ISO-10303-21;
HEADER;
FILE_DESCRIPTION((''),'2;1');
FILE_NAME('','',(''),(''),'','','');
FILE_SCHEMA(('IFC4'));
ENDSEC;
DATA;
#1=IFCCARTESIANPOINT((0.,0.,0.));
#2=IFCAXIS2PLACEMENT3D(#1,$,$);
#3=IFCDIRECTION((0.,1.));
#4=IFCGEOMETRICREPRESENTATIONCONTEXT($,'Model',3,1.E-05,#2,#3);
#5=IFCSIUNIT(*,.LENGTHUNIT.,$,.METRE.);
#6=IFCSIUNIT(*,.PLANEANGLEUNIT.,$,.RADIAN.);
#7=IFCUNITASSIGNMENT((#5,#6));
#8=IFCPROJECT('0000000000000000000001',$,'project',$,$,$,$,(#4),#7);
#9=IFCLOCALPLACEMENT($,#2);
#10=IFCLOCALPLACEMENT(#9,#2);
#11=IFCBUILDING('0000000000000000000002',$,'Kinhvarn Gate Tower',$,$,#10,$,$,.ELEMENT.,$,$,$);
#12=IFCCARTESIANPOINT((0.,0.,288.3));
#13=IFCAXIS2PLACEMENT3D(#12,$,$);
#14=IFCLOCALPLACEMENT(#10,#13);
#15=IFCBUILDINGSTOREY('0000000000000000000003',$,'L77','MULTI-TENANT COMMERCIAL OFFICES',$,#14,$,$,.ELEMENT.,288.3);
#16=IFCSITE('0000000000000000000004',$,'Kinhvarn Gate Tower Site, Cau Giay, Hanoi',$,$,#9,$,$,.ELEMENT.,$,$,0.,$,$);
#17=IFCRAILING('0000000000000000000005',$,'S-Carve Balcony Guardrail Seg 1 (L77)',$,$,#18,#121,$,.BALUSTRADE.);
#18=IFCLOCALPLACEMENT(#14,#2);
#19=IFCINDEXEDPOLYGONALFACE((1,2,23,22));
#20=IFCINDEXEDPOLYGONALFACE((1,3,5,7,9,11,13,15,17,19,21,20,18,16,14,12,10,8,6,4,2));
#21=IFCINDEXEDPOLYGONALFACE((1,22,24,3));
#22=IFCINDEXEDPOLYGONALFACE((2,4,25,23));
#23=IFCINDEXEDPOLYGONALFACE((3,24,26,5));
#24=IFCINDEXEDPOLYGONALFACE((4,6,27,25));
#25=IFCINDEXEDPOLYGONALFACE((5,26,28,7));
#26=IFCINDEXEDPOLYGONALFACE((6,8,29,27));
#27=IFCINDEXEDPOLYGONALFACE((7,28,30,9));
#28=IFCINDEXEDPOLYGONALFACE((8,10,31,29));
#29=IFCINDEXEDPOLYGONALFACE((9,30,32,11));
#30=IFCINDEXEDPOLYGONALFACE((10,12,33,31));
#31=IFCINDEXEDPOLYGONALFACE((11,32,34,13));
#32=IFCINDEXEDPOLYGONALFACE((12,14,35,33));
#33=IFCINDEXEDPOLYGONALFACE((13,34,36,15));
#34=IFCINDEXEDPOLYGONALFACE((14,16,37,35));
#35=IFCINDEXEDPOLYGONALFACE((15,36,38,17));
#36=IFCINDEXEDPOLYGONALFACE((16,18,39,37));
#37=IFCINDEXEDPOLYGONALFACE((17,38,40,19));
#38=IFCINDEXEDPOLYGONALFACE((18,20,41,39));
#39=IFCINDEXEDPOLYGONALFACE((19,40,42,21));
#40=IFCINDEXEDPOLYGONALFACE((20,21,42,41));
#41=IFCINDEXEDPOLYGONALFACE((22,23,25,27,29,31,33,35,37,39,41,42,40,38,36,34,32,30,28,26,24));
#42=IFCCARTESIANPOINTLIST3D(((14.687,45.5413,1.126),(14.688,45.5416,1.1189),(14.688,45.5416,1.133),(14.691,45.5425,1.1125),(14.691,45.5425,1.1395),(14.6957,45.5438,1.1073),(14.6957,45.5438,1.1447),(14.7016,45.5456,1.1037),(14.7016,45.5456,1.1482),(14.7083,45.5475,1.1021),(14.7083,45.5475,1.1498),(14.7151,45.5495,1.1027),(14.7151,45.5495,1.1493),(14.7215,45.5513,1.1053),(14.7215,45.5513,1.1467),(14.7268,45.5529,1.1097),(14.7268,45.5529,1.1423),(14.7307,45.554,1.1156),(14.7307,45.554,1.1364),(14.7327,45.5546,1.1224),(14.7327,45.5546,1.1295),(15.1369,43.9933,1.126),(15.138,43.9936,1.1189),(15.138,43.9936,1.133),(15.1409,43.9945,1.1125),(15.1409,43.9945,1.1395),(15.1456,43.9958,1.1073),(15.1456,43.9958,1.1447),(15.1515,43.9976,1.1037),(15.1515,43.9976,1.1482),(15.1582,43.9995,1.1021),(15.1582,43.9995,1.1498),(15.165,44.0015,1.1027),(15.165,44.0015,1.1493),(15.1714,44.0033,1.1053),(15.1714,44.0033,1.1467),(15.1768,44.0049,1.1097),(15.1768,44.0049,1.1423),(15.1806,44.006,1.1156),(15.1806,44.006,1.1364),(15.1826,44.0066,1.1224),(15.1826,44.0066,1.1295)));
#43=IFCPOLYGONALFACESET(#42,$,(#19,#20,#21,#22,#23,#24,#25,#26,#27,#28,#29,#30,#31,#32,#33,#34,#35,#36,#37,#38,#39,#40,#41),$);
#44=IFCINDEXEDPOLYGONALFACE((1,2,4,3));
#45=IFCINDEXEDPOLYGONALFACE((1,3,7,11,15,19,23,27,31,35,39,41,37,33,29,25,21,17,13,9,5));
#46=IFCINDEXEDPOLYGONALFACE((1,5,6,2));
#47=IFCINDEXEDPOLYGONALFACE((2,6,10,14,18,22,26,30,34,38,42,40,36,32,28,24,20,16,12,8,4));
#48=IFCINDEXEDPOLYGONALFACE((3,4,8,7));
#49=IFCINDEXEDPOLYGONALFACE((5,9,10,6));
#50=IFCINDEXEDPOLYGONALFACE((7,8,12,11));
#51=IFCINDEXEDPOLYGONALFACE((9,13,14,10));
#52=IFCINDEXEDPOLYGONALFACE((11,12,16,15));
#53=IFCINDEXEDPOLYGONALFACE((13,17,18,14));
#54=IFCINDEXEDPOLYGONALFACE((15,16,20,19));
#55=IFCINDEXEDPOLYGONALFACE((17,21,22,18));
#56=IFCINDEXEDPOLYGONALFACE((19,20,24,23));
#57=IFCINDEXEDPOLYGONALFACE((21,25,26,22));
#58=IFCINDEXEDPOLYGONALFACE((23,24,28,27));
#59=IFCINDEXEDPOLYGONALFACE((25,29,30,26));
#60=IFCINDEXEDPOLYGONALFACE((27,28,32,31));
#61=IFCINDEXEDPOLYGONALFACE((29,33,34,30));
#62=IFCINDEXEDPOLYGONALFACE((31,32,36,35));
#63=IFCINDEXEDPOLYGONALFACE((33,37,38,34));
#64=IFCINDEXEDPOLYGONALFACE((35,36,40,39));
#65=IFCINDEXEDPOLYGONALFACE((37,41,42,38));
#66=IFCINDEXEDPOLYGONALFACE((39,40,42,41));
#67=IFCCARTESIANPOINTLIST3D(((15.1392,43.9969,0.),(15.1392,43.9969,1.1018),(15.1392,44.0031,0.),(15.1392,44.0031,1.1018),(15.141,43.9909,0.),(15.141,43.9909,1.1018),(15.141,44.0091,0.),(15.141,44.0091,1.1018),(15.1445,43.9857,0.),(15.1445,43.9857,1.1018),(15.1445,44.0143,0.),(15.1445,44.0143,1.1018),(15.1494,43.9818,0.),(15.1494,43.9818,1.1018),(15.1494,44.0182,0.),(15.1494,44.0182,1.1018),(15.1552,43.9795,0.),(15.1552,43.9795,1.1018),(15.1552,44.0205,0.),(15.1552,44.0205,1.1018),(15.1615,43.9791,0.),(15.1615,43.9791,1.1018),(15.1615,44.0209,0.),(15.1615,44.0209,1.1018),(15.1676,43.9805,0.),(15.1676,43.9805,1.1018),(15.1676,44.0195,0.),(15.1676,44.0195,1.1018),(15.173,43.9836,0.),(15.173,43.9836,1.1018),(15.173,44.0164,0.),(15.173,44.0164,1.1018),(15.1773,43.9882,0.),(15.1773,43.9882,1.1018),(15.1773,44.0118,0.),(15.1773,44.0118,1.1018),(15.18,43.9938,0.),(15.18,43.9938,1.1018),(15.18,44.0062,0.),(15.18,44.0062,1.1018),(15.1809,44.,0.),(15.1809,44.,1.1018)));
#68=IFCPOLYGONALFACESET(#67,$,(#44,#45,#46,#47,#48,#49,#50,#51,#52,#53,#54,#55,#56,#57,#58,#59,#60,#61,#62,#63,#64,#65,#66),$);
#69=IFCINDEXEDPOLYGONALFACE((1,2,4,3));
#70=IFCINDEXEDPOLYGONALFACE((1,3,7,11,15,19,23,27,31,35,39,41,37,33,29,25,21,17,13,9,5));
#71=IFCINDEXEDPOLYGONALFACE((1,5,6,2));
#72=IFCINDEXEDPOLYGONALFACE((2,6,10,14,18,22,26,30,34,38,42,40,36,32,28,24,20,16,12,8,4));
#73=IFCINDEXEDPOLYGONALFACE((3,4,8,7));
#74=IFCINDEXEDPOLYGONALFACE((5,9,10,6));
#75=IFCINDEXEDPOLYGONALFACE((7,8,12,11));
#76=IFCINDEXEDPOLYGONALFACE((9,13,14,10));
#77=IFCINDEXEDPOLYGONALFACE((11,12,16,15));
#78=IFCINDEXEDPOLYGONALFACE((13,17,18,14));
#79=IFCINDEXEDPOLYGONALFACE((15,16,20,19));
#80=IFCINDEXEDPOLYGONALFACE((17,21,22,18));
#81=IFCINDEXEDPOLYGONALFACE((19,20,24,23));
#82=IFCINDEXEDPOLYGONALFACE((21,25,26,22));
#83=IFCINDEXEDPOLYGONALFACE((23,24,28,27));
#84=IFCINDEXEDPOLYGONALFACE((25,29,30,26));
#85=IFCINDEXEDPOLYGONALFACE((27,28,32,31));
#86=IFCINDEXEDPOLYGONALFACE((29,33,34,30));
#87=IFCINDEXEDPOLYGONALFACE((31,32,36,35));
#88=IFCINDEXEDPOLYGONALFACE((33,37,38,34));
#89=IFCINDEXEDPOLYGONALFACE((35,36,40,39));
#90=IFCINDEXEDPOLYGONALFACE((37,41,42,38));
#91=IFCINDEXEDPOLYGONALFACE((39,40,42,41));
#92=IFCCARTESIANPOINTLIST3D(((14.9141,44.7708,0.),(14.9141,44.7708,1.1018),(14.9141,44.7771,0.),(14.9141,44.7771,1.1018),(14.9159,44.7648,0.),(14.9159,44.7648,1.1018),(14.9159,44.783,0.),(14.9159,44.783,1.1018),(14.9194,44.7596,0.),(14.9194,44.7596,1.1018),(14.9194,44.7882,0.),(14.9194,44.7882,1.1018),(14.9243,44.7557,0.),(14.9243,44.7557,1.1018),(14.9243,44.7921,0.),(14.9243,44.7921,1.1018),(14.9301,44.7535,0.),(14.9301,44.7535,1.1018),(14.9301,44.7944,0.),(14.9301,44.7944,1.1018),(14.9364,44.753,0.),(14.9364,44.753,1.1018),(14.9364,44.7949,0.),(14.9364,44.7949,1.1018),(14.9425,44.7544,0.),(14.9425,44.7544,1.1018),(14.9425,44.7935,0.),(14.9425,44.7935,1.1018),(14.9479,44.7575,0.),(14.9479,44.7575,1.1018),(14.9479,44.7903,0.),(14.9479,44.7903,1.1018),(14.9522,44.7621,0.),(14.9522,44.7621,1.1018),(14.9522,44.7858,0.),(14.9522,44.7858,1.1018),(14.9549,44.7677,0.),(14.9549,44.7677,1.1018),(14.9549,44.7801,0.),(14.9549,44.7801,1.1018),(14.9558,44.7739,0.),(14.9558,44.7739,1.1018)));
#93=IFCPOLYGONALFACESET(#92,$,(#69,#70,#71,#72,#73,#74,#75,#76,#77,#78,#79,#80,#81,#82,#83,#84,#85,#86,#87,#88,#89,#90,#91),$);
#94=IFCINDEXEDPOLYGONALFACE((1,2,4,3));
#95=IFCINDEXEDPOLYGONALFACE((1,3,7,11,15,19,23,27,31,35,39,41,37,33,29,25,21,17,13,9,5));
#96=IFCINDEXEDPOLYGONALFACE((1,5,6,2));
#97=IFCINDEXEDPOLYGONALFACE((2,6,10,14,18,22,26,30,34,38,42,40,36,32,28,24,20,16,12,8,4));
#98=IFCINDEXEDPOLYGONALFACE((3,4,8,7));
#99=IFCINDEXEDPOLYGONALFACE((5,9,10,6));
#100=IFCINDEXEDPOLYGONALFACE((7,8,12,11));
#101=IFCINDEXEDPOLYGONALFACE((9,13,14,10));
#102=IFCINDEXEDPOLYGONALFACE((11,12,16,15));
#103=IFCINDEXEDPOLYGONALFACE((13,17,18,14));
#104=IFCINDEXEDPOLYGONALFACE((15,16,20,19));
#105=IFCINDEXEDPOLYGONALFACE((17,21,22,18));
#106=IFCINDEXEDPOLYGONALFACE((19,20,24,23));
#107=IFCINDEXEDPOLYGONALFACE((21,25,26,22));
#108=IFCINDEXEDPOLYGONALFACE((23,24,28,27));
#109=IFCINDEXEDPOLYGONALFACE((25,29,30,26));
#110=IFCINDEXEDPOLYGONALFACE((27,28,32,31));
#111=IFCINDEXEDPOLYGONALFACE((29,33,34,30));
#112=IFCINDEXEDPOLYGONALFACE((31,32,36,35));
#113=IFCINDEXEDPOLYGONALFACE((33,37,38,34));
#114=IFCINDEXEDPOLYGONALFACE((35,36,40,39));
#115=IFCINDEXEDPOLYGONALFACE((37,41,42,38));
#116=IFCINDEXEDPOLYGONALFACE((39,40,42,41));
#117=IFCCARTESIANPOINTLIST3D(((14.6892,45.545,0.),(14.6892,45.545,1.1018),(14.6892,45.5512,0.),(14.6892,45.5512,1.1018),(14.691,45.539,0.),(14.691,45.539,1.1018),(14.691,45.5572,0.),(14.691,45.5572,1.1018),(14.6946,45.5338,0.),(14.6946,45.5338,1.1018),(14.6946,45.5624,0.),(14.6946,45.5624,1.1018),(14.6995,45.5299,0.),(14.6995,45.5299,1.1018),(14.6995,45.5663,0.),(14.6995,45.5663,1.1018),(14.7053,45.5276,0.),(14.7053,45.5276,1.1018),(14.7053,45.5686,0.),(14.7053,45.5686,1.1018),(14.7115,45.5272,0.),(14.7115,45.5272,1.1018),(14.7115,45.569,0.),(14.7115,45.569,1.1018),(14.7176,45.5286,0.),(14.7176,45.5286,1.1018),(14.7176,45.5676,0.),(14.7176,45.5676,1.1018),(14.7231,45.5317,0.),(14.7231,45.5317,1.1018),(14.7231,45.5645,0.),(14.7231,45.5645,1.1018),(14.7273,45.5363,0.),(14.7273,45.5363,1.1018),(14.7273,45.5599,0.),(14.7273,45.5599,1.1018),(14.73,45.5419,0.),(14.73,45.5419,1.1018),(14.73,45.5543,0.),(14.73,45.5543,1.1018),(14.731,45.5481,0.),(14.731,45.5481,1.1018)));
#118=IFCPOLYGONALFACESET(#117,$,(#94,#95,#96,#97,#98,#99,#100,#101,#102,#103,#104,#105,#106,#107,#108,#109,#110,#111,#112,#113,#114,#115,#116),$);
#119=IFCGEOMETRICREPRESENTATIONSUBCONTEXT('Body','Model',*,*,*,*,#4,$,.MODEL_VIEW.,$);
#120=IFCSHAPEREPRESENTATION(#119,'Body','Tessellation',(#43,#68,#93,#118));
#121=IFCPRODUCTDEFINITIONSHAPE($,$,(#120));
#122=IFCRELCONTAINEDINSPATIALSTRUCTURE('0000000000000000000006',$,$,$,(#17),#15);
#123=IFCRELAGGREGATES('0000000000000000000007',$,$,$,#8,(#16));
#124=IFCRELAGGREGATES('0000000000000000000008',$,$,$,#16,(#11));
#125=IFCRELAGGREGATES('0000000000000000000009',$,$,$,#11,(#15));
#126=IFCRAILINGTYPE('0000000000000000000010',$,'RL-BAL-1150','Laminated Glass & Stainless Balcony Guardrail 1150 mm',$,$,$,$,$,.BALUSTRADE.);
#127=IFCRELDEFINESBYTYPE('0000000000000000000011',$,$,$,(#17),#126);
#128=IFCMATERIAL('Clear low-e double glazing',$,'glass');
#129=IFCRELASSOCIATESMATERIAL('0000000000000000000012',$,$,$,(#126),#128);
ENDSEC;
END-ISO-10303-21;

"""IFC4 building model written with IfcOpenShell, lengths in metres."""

from ifc_helpers import new_model, si_unit, direction, frame, origin, origin_2d, place, context, subcontext, project, spatial, circle, extrude, material, type_object, element, save


model = new_model("IFC4")

# Units and contexts
model_context = context("Model", 3, precision=1e-05, world=origin(), true_north=direction((0.0, 1.0)))
body_context = subcontext(model_context, "Body", "Model", "MODEL_VIEW")
ifc_project = project(units=[si_unit("LENGTHUNIT", "METRE"), si_unit("PLANEANGLEUNIT", "RADIAN")], contexts=[model_context])

# Site, building, storey
site_placement = place(None, origin())
site = spatial("IfcSite", under=ifc_project, at=site_placement, Name="Kinhvarn Gate Tower Site, Cau Giay, Hanoi", CompositionType="ELEMENT", RefElevation=0.0)
building_placement = place(site_placement, origin())
building = spatial("IfcBuilding", under=site, at=building_placement, Name="Kinhvarn Gate Tower", CompositionType="ELEMENT")
storey_placement = place(building_placement, frame((0.0, 0.0, 288.3)))
storey = spatial("IfcBuildingStorey", under=building, at=storey_placement, Name="L77", Description="MULTI-TENANT COMMERCIAL OFFICES", CompositionType="ELEMENT", Elevation=288.3)

# Shared definitions
ifc_material_1 = material(Name="Clear low-e double glazing", Category="glass")

# Railing
railing_type_1 = type_object("IfcRailingType", Name="RL-BAL-1150", Description="Laminated Glass & Stainless Balcony Guardrail 1150 mm", PredefinedType="BALUSTRADE", material=ifc_material_1)
railing_1_placement = place(storey_placement, frame((15.1599, 44.0, 0.0)))
element("IfcRailing", 1, at=railing_1_placement, inside=storey, type_object=railing_type_1, Name="S-Carve Balcony Guardrail Seg 1 (L77)", PredefinedType="BALUSTRADE", context=body_context, shape_type="SweptSolid", body=[
    extrude(circle(Radius=0.0239, at=origin_2d()), frame((0.0, 0.0, 1.126), z_axis=(-0.279099, 0.960262, 0.0), x_axis=(-0.960262, -0.279099, 0.0)), (0.0, 0.0, 1.0), 1.6121),
    extrude(circle(Radius=0.021, at=origin_2d()), origin(), (0.0, 0.0, 1.0), 1.1018),
    extrude(circle(Radius=0.021, at=origin_2d()), frame((-0.2251, 0.7739, 0.0)), (0.0, 0.0, 1.0), 1.1018),
    extrude(circle(Radius=0.021, at=origin_2d()), frame((-0.45, 1.5481, 0.0)), (0.0, 0.0, 1.0), 1.1018),
])

save(model, "model.ifc")
